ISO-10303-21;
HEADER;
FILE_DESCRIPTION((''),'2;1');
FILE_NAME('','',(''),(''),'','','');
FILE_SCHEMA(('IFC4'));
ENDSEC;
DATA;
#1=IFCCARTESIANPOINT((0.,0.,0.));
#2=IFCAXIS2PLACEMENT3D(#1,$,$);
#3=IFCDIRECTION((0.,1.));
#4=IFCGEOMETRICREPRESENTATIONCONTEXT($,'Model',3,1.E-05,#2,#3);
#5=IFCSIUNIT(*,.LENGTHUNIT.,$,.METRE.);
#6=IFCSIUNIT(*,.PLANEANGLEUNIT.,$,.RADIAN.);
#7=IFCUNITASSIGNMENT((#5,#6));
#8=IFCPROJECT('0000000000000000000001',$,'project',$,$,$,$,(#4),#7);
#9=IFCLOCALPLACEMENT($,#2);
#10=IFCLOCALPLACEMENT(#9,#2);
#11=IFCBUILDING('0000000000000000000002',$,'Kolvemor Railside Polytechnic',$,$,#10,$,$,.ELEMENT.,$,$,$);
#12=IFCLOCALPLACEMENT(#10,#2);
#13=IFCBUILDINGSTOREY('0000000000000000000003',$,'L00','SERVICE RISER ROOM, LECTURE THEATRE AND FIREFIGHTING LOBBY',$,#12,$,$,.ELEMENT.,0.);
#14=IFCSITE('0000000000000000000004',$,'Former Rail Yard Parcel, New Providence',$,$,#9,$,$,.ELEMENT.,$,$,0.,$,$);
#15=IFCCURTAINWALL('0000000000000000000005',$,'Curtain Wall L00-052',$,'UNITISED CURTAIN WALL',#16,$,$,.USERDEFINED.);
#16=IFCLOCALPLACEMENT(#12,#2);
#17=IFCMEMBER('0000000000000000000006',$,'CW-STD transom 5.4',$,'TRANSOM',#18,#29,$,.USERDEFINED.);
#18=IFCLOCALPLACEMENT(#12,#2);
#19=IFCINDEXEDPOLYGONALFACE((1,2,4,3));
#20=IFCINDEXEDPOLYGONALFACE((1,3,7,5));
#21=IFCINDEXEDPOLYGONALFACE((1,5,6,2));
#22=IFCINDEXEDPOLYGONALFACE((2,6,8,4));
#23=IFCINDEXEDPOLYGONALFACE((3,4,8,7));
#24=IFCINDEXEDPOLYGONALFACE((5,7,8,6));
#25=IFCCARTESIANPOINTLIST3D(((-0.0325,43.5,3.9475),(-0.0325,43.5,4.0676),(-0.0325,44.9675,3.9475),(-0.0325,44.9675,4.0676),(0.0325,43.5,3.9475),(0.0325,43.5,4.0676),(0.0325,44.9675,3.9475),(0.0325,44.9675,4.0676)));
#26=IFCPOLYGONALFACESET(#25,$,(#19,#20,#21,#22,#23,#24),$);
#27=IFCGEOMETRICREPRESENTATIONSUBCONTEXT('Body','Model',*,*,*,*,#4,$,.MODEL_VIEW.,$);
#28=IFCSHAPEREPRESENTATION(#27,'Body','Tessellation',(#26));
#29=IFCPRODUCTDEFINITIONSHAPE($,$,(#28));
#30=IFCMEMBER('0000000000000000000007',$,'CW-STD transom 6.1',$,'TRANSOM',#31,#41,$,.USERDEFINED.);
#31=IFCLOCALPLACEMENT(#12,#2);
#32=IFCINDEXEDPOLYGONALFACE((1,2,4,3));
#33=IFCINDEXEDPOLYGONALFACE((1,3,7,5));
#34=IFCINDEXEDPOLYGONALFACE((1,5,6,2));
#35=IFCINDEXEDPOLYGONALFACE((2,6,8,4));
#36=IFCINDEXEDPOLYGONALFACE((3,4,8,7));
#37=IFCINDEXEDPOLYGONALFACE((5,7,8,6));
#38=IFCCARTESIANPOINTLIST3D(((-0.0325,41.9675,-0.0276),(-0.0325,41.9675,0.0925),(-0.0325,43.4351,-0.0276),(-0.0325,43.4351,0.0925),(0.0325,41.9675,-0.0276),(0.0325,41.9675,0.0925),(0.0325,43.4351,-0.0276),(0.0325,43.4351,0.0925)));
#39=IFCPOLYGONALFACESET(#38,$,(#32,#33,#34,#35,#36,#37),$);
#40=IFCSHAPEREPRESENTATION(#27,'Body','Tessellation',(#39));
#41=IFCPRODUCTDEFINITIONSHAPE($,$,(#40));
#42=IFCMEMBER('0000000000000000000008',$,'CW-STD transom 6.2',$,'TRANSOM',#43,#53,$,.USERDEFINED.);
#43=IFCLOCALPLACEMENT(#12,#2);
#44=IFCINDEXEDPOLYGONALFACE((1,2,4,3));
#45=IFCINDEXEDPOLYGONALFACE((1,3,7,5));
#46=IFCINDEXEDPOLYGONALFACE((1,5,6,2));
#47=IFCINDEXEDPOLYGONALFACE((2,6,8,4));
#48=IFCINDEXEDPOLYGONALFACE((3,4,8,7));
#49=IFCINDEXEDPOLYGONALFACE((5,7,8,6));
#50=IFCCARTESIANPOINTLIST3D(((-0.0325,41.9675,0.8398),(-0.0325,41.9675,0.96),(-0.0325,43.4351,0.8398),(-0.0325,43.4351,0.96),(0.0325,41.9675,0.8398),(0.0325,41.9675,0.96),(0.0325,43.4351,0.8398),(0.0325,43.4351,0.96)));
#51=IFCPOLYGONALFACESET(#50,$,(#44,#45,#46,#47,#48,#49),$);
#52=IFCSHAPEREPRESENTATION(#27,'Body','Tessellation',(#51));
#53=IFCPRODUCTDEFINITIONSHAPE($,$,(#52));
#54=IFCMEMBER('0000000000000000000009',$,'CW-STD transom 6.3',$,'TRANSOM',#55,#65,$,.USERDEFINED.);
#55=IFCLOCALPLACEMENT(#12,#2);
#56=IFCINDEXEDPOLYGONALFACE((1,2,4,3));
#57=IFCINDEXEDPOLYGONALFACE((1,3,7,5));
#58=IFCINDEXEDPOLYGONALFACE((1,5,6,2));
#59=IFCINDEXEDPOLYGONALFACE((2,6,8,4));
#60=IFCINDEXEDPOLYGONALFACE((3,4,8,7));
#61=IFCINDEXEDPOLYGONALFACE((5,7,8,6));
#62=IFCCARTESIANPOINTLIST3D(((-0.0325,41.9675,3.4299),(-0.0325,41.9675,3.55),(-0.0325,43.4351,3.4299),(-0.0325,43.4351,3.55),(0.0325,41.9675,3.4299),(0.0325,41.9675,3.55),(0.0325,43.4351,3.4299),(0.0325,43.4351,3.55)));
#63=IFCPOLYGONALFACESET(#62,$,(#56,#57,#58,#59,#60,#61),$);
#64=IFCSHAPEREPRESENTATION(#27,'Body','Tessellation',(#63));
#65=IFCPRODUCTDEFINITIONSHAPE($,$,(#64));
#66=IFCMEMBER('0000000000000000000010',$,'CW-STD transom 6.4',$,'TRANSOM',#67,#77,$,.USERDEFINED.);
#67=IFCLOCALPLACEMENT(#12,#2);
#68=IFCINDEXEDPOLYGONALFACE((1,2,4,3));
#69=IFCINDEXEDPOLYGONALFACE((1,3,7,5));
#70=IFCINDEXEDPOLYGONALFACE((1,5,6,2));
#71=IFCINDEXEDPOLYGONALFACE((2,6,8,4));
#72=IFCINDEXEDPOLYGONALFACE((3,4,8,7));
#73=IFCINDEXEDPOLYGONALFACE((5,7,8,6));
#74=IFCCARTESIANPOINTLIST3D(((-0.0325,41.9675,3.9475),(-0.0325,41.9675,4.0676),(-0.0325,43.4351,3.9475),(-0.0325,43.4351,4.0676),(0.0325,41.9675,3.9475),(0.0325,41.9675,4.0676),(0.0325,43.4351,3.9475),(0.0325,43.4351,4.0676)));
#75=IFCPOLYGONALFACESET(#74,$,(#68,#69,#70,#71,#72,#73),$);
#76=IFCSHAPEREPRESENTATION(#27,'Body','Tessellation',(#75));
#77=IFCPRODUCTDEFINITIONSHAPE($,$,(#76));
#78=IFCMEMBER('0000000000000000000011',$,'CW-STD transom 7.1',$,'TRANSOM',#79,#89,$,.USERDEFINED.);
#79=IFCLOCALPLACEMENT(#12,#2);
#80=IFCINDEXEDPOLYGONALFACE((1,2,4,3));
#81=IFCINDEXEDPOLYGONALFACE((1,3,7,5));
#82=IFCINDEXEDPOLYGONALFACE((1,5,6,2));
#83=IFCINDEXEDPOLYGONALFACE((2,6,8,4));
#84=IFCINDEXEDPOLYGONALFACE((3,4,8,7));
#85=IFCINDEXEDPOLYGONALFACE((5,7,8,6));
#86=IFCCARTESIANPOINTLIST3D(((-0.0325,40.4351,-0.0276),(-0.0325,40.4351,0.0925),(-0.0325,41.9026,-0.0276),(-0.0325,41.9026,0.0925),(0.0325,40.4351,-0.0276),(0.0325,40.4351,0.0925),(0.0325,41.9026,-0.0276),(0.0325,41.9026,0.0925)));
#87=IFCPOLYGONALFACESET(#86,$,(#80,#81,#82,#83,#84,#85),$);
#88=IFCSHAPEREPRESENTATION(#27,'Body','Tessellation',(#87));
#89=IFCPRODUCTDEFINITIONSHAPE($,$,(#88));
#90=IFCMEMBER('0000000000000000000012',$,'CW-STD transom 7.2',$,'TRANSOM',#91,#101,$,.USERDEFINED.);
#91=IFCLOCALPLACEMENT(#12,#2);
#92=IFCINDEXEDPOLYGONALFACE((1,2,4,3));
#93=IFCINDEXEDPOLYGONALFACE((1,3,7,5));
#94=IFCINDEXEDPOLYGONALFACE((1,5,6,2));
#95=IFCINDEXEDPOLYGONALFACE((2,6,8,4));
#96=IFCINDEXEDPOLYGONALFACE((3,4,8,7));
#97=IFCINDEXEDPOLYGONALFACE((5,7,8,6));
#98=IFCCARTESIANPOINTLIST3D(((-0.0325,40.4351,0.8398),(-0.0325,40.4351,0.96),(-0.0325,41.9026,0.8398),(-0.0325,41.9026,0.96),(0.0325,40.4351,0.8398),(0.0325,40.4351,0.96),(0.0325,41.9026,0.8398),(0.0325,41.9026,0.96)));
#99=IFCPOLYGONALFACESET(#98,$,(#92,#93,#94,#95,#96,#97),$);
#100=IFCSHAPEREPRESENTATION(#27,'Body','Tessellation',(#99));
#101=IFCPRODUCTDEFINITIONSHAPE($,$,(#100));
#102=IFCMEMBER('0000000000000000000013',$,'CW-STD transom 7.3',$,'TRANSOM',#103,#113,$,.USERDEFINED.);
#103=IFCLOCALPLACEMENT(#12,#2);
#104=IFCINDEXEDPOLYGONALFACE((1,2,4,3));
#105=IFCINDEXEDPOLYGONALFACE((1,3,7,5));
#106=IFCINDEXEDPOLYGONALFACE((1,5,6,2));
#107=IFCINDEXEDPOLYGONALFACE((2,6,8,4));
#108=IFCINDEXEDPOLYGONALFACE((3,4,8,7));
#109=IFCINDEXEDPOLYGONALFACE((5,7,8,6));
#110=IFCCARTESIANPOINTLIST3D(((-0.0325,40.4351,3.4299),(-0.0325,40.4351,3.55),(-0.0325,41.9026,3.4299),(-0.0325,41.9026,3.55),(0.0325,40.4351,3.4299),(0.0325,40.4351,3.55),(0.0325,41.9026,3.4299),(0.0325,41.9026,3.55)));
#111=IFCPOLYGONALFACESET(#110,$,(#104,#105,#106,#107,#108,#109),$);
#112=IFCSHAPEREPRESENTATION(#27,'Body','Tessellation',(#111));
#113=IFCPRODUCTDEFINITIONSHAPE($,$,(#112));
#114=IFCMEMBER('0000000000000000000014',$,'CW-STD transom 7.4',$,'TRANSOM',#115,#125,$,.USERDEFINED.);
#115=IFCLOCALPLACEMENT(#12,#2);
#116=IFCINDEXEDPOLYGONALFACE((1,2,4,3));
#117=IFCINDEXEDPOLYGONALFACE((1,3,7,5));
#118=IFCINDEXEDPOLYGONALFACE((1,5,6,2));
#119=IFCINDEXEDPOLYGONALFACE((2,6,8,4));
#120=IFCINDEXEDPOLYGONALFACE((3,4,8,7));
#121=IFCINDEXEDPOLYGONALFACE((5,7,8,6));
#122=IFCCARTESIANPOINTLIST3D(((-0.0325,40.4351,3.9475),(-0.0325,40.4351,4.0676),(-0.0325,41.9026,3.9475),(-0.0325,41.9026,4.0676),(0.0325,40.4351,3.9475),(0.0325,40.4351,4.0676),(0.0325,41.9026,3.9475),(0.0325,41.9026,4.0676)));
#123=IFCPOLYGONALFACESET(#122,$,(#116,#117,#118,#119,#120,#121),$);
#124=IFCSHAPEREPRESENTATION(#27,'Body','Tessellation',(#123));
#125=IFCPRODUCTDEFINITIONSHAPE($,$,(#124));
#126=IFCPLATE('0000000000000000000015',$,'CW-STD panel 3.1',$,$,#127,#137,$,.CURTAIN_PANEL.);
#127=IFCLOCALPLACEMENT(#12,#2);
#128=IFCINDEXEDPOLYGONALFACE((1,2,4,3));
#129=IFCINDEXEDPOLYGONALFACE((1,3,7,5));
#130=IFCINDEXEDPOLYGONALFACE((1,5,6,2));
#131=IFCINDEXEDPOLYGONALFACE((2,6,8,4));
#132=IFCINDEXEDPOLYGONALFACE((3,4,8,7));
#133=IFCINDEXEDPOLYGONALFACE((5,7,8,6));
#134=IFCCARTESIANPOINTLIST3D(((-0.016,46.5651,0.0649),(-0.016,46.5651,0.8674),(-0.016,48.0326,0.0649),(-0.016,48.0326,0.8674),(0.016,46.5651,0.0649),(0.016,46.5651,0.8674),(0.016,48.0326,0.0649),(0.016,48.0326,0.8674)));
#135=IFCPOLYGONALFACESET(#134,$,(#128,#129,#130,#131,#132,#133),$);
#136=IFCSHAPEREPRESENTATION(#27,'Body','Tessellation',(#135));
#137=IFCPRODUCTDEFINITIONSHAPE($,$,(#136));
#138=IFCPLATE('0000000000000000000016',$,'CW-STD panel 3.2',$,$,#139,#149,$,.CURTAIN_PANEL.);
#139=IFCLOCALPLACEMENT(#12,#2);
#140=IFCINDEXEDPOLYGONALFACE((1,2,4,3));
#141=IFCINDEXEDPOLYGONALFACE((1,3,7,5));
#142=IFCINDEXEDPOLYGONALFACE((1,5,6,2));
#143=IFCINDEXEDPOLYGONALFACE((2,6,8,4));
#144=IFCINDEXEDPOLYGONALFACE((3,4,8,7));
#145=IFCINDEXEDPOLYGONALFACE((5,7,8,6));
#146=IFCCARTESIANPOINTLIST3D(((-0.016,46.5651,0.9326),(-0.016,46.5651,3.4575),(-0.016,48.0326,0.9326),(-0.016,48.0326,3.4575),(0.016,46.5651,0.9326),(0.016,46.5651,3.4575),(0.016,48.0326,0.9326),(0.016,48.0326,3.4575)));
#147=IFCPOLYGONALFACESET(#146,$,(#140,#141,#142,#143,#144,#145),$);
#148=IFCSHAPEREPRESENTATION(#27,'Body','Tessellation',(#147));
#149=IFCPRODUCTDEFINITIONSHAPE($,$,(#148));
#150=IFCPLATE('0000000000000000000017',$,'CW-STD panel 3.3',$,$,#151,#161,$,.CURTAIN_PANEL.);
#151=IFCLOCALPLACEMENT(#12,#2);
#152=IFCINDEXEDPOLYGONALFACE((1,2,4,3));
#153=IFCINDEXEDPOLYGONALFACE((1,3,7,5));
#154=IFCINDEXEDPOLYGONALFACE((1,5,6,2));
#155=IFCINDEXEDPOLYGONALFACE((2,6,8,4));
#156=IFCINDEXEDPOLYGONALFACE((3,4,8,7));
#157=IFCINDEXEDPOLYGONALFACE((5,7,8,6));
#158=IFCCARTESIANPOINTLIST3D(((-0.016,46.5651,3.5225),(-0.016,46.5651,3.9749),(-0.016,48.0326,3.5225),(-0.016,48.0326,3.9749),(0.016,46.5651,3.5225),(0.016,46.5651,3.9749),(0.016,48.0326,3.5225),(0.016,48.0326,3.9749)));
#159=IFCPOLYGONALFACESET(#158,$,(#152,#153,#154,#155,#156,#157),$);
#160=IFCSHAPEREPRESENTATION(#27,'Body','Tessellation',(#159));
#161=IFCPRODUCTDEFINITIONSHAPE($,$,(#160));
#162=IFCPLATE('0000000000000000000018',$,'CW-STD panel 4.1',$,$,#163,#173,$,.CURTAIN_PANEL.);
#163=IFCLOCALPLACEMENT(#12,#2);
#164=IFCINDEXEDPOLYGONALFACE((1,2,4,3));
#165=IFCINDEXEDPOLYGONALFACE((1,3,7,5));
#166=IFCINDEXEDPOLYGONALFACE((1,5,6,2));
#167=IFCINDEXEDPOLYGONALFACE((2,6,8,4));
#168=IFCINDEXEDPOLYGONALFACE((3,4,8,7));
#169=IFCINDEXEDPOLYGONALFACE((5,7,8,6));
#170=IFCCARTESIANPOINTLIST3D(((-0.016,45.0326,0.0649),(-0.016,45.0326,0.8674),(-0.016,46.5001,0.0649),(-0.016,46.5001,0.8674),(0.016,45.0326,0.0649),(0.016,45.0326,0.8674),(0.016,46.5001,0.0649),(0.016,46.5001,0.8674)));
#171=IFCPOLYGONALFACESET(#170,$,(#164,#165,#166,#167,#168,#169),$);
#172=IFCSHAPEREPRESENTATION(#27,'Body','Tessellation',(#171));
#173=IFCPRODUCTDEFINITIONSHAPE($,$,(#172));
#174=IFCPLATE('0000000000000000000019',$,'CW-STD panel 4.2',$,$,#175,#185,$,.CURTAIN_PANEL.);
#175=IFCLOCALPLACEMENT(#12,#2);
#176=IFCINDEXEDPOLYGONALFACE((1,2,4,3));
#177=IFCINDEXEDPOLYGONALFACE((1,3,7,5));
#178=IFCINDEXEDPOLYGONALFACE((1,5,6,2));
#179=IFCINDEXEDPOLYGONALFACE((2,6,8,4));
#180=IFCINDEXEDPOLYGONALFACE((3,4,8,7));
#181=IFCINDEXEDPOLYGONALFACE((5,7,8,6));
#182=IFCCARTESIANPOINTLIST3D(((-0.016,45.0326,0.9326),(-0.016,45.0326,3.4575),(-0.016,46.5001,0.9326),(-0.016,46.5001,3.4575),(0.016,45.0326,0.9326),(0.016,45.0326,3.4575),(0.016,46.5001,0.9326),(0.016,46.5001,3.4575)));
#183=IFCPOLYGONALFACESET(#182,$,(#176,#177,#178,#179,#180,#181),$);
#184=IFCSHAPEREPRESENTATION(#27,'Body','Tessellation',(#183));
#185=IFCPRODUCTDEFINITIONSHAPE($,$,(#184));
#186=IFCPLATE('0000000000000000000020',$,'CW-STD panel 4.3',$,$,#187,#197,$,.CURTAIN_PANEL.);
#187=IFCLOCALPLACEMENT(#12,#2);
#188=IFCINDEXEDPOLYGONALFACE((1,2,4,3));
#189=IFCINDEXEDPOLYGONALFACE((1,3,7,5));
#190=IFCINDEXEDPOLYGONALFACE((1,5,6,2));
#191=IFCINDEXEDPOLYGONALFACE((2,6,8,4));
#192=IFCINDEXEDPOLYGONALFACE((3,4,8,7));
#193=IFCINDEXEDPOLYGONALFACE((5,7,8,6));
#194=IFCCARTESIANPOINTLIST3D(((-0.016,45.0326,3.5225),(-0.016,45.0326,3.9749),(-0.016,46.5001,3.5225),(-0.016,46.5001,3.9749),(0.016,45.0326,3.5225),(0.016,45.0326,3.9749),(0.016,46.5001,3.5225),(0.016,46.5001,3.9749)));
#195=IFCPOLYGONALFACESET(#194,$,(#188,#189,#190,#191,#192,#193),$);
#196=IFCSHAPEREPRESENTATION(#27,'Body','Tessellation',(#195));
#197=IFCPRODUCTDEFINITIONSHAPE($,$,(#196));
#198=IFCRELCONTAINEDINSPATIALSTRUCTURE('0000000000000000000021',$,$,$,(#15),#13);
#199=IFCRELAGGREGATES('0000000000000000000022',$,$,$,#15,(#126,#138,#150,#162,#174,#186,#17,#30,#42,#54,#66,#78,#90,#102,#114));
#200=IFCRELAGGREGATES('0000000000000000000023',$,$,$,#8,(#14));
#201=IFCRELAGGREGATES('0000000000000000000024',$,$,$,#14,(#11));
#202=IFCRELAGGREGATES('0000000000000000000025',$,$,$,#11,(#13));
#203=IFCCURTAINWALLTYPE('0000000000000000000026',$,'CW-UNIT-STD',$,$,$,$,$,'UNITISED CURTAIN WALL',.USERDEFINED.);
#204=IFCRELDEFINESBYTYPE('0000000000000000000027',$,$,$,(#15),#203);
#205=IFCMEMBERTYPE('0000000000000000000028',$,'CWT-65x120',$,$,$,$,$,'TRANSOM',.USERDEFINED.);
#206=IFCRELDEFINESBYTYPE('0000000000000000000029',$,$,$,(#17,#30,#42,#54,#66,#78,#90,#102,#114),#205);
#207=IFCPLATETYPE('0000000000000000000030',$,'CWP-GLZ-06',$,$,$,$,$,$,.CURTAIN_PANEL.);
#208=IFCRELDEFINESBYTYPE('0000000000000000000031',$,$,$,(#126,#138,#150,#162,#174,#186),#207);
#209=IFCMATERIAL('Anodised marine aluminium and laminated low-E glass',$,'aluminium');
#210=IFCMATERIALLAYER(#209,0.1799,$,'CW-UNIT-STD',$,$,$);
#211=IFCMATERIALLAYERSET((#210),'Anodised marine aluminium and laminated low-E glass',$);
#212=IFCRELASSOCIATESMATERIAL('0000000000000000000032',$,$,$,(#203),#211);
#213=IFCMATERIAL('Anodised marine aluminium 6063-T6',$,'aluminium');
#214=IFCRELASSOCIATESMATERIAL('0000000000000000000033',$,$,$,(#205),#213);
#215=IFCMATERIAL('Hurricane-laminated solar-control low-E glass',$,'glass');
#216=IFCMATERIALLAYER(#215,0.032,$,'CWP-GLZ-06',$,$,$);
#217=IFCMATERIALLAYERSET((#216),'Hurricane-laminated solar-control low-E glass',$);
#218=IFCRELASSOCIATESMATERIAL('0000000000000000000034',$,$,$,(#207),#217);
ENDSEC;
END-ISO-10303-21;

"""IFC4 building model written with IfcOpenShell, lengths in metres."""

from ifc_helpers import new_model, si_unit, direction, frame, origin, origin_2d, place, context, subcontext, project, spatial, rectangle, extrude, material, layer, layer_set, material_profile, profile_set, type_object, element, aggregate, save


model = new_model("IFC4")

# Units and contexts
model_context = context("Model", 3, precision=1e-05, world=origin(), true_north=direction((0.0, 1.0)))
body_context = subcontext(model_context, "Body", "Model", "MODEL_VIEW")
ifc_project = project(units=[si_unit("LENGTHUNIT", "METRE"), si_unit("PLANEANGLEUNIT", "RADIAN")], contexts=[model_context])

# Site, building, storey
site_placement = place(None, origin())
site = spatial("IfcSite", under=ifc_project, at=site_placement, Name="Former Rail Yard Parcel, New Providence", CompositionType="ELEMENT", RefElevation=0.0)
building_placement = place(site_placement, origin())
building = spatial("IfcBuilding", under=site, at=building_placement, Name="Kolvemor Railside Polytechnic", CompositionType="ELEMENT")
storey_placement = place(building_placement, origin())
storey = spatial("IfcBuildingStorey", under=building, at=storey_placement, Name="L00", Description="SERVICE RISER ROOM, LECTURE THEATRE AND FIREFIGHTING LOBBY", CompositionType="ELEMENT", Elevation=0.0)

# Curtain wall, members, plates
ifc_material_1 = material(Name="Anodised marine aluminium and laminated low-E glass", Category="aluminium")
ifc_layer_1 = layer(ifc_material_1, 0.1799, Name="CW-UNIT-STD")
ifc_layer_set_1 = layer_set([ifc_layer_1], Name="Anodised marine aluminium and laminated low-E glass")
curtain_wall_type = type_object("IfcCurtainWallType", Name="CW-UNIT-STD", ElementType="UNITISED CURTAIN WALL", PredefinedType="USERDEFINED", material=ifc_layer_set_1)
curtain_wall_placement = place(storey_placement, origin())
curtain_wall = element("IfcCurtainWall", 1, at=curtain_wall_placement, inside=storey, type_object=curtain_wall_type, Name="Curtain Wall L00-052", ObjectType="UNITISED CURTAIN WALL", PredefinedType="USERDEFINED")
ifc_material_2 = material(Name="Anodised marine aluminium 6063-T6", Category="aluminium")
ifc_material_profile_1 = material_profile(ifc_material_2, rectangle(XDim=0.0649, YDim=0.1201, at=origin_2d()), Name="CW-TRN-65x120")
ifc_profile_set_1 = profile_set([ifc_material_profile_1], Name="Anodised marine aluminium 6063-T6")
member_type_1 = type_object("IfcMemberType", Name="CWT-65x120", ElementType="TRANSOM", PredefinedType="USERDEFINED", material=ifc_profile_set_1)
member_1_placement = place(storey_placement, frame((0.0, 44.9675, 4.0076), z_axis=(0.0, -1.0, 0.0), x_axis=(1.0, 0.0, 0.0)))
member_1 = element("IfcMember", 2, at=member_1_placement, type_object=member_type_1, Name="CW-STD transom 5.4", ObjectType="TRANSOM", PredefinedType="USERDEFINED", context=body_context, shape_type="SweptSolid", body=[
    extrude(rectangle(XDim=0.0649, YDim=0.1201, at=origin_2d()), origin(), (0.0, 0.0, 1.0), 1.4675),
])
member_2_placement = place(storey_placement, frame((0.0, 43.4351, 0.0325), z_axis=(0.0, -1.0, 0.0), x_axis=(1.0, 0.0, 0.0)))
member_2 = element("IfcMember", 3, at=member_2_placement, type_object=member_type_1, Name="CW-STD transom 6.1", ObjectType="TRANSOM", PredefinedType="USERDEFINED", context=body_context, shape_type="SweptSolid", body=[
    extrude(rectangle(XDim=0.0649, YDim=0.1201, at=origin_2d()), origin(), (0.0, 0.0, 1.0), 1.4675),
])
member_3_placement = place(storey_placement, frame((0.0, 43.4351, 0.8999), z_axis=(0.0, -1.0, 0.0), x_axis=(1.0, 0.0, 0.0)))
member_3 = element("IfcMember", 4, at=member_3_placement, type_object=member_type_1, Name="CW-STD transom 6.2", ObjectType="TRANSOM", PredefinedType="USERDEFINED", context=body_context, shape_type="SweptSolid", body=[
    extrude(rectangle(XDim=0.0649, YDim=0.1201, at=origin_2d()), origin(), (0.0, 0.0, 1.0), 1.4675),
])
member_4_placement = place(storey_placement, frame((0.0, 43.4351, 3.49), z_axis=(0.0, -1.0, 0.0), x_axis=(1.0, 0.0, 0.0)))
member_4 = element("IfcMember", 5, at=member_4_placement, type_object=member_type_1, Name="CW-STD transom 6.3", ObjectType="TRANSOM", PredefinedType="USERDEFINED", context=body_context, shape_type="SweptSolid", body=[
    extrude(rectangle(XDim=0.0649, YDim=0.1201, at=origin_2d()), origin(), (0.0, 0.0, 1.0), 1.4675),
])
member_5_placement = place(storey_placement, frame((0.0, 43.4351, 4.0076), z_axis=(0.0, -1.0, 0.0), x_axis=(1.0, 0.0, 0.0)))
member_5 = element("IfcMember", 6, at=member_5_placement, type_object=member_type_1, Name="CW-STD transom 6.4", ObjectType="TRANSOM", PredefinedType="USERDEFINED", context=body_context, shape_type="SweptSolid", body=[
    extrude(rectangle(XDim=0.0649, YDim=0.1201, at=origin_2d()), origin(), (0.0, 0.0, 1.0), 1.4675),
])
member_6_placement = place(storey_placement, frame((0.0, 41.9026, 0.0325), z_axis=(0.0, -1.0, 0.0), x_axis=(1.0, 0.0, 0.0)))
member_6 = element("IfcMember", 7, at=member_6_placement, type_object=member_type_1, Name="CW-STD transom 7.1", ObjectType="TRANSOM", PredefinedType="USERDEFINED", context=body_context, shape_type="SweptSolid", body=[
    extrude(rectangle(XDim=0.0649, YDim=0.1201, at=origin_2d()), origin(), (0.0, 0.0, 1.0), 1.4675),
])
member_7_placement = place(storey_placement, frame((0.0, 41.9026, 0.8999), z_axis=(0.0, -1.0, 0.0), x_axis=(1.0, 0.0, 0.0)))
member_7 = element("IfcMember", 8, at=member_7_placement, type_object=member_type_1, Name="CW-STD transom 7.2", ObjectType="TRANSOM", PredefinedType="USERDEFINED", context=body_context, shape_type="SweptSolid", body=[
    extrude(rectangle(XDim=0.0649, YDim=0.1201, at=origin_2d()), origin(), (0.0, 0.0, 1.0), 1.4675),
])
member_8_placement = place(storey_placement, frame((0.0, 41.9026, 3.49), z_axis=(0.0, -1.0, 0.0), x_axis=(1.0, 0.0, 0.0)))
member_8 = element("IfcMember", 9, at=member_8_placement, type_object=member_type_1, Name="CW-STD transom 7.3", ObjectType="TRANSOM", PredefinedType="USERDEFINED", context=body_context, shape_type="SweptSolid", body=[
    extrude(rectangle(XDim=0.0649, YDim=0.1201, at=origin_2d()), origin(), (0.0, 0.0, 1.0), 1.4675),
])
member_9_placement = place(storey_placement, frame((0.0, 41.9026, 4.0076), z_axis=(0.0, -1.0, 0.0), x_axis=(1.0, 0.0, 0.0)))
member_9 = element("IfcMember", 10, at=member_9_placement, type_object=member_type_1, Name="CW-STD transom 7.4", ObjectType="TRANSOM", PredefinedType="USERDEFINED", context=body_context, shape_type="SweptSolid", body=[
    extrude(rectangle(XDim=0.0649, YDim=0.1201, at=origin_2d()), origin(), (0.0, 0.0, 1.0), 1.4675),
])
ifc_material_3 = material(Name="Hurricane-laminated solar-control low-E glass", Category="glass")
ifc_layer_2 = layer(ifc_material_3, 0.032, Name="CWP-GLZ-06")
ifc_layer_set_2 = layer_set([ifc_layer_2], Name="Hurricane-laminated solar-control low-E glass")
plate_type = type_object("IfcPlateType", Name="CWP-GLZ-06", PredefinedType="CURTAIN_PANEL", material=ifc_layer_set_2)
plate_1_placement = place(storey_placement, frame((0.0, 47.2988, 0.0649), z_axis=(0.0, 0.0, 1.0), x_axis=(0.0, -1.0, 0.0)))
plate_1 = element("IfcPlate", 11, at=plate_1_placement, type_object=plate_type, Name="CW-STD panel 3.1", PredefinedType="CURTAIN_PANEL", context=body_context, shape_type="SweptSolid", body=[
    extrude(rectangle(XDim=1.4675, YDim=0.032, at=origin_2d()), origin(), (0.0, 0.0, 1.0), 0.8025),
])
plate_2_placement = place(storey_placement, frame((0.0, 47.2988, 0.9326), z_axis=(0.0, 0.0, 1.0), x_axis=(0.0, -1.0, 0.0)))
plate_2 = element("IfcPlate", 12, at=plate_2_placement, type_object=plate_type, Name="CW-STD panel 3.2", PredefinedType="CURTAIN_PANEL", context=body_context, shape_type="SweptSolid", body=[
    extrude(rectangle(XDim=1.4675, YDim=0.032, at=origin_2d()), origin(), (0.0, 0.0, 1.0), 2.5249),
])
plate_3_placement = place(storey_placement, frame((0.0, 47.2988, 3.5225), z_axis=(0.0, 0.0, 1.0), x_axis=(0.0, -1.0, 0.0)))
plate_3 = element("IfcPlate", 13, at=plate_3_placement, type_object=plate_type, Name="CW-STD panel 3.3", PredefinedType="CURTAIN_PANEL", context=body_context, shape_type="SweptSolid", body=[
    extrude(rectangle(XDim=1.4675, YDim=0.032, at=origin_2d()), origin(), (0.0, 0.0, 1.0), 0.4524),
])
plate_4_placement = place(storey_placement, frame((0.0, 45.7664, 0.0649), z_axis=(0.0, 0.0, 1.0), x_axis=(0.0, -1.0, 0.0)))
plate_4 = element("IfcPlate", 14, at=plate_4_placement, type_object=plate_type, Name="CW-STD panel 4.1", PredefinedType="CURTAIN_PANEL", context=body_context, shape_type="SweptSolid", body=[
    extrude(rectangle(XDim=1.4675, YDim=0.032, at=origin_2d()), origin(), (0.0, 0.0, 1.0), 0.8025),
])
plate_5_placement = place(storey_placement, frame((0.0, 45.7664, 0.9326), z_axis=(0.0, 0.0, 1.0), x_axis=(0.0, -1.0, 0.0)))
plate_5 = element("IfcPlate", 15, at=plate_5_placement, type_object=plate_type, Name="CW-STD panel 4.2", PredefinedType="CURTAIN_PANEL", context=body_context, shape_type="SweptSolid", body=[
    extrude(rectangle(XDim=1.4675, YDim=0.032, at=origin_2d()), origin(), (0.0, 0.0, 1.0), 2.5249),
])
plate_6_placement = place(storey_placement, frame((0.0, 45.7664, 3.5225), z_axis=(0.0, 0.0, 1.0), x_axis=(0.0, -1.0, 0.0)))
plate_6 = element("IfcPlate", 16, at=plate_6_placement, type_object=plate_type, Name="CW-STD panel 4.3", PredefinedType="CURTAIN_PANEL", context=body_context, shape_type="SweptSolid", body=[
    extrude(rectangle(XDim=1.4675, YDim=0.032, at=origin_2d()), origin(), (0.0, 0.0, 1.0), 0.4524),
])
aggregate(curtain_wall, [plate_1, plate_2, plate_3, plate_4, plate_5, plate_6, member_1, member_2, member_3, member_4, member_5, member_6, member_7, member_8, member_9])

save(model, "model.ifc")
